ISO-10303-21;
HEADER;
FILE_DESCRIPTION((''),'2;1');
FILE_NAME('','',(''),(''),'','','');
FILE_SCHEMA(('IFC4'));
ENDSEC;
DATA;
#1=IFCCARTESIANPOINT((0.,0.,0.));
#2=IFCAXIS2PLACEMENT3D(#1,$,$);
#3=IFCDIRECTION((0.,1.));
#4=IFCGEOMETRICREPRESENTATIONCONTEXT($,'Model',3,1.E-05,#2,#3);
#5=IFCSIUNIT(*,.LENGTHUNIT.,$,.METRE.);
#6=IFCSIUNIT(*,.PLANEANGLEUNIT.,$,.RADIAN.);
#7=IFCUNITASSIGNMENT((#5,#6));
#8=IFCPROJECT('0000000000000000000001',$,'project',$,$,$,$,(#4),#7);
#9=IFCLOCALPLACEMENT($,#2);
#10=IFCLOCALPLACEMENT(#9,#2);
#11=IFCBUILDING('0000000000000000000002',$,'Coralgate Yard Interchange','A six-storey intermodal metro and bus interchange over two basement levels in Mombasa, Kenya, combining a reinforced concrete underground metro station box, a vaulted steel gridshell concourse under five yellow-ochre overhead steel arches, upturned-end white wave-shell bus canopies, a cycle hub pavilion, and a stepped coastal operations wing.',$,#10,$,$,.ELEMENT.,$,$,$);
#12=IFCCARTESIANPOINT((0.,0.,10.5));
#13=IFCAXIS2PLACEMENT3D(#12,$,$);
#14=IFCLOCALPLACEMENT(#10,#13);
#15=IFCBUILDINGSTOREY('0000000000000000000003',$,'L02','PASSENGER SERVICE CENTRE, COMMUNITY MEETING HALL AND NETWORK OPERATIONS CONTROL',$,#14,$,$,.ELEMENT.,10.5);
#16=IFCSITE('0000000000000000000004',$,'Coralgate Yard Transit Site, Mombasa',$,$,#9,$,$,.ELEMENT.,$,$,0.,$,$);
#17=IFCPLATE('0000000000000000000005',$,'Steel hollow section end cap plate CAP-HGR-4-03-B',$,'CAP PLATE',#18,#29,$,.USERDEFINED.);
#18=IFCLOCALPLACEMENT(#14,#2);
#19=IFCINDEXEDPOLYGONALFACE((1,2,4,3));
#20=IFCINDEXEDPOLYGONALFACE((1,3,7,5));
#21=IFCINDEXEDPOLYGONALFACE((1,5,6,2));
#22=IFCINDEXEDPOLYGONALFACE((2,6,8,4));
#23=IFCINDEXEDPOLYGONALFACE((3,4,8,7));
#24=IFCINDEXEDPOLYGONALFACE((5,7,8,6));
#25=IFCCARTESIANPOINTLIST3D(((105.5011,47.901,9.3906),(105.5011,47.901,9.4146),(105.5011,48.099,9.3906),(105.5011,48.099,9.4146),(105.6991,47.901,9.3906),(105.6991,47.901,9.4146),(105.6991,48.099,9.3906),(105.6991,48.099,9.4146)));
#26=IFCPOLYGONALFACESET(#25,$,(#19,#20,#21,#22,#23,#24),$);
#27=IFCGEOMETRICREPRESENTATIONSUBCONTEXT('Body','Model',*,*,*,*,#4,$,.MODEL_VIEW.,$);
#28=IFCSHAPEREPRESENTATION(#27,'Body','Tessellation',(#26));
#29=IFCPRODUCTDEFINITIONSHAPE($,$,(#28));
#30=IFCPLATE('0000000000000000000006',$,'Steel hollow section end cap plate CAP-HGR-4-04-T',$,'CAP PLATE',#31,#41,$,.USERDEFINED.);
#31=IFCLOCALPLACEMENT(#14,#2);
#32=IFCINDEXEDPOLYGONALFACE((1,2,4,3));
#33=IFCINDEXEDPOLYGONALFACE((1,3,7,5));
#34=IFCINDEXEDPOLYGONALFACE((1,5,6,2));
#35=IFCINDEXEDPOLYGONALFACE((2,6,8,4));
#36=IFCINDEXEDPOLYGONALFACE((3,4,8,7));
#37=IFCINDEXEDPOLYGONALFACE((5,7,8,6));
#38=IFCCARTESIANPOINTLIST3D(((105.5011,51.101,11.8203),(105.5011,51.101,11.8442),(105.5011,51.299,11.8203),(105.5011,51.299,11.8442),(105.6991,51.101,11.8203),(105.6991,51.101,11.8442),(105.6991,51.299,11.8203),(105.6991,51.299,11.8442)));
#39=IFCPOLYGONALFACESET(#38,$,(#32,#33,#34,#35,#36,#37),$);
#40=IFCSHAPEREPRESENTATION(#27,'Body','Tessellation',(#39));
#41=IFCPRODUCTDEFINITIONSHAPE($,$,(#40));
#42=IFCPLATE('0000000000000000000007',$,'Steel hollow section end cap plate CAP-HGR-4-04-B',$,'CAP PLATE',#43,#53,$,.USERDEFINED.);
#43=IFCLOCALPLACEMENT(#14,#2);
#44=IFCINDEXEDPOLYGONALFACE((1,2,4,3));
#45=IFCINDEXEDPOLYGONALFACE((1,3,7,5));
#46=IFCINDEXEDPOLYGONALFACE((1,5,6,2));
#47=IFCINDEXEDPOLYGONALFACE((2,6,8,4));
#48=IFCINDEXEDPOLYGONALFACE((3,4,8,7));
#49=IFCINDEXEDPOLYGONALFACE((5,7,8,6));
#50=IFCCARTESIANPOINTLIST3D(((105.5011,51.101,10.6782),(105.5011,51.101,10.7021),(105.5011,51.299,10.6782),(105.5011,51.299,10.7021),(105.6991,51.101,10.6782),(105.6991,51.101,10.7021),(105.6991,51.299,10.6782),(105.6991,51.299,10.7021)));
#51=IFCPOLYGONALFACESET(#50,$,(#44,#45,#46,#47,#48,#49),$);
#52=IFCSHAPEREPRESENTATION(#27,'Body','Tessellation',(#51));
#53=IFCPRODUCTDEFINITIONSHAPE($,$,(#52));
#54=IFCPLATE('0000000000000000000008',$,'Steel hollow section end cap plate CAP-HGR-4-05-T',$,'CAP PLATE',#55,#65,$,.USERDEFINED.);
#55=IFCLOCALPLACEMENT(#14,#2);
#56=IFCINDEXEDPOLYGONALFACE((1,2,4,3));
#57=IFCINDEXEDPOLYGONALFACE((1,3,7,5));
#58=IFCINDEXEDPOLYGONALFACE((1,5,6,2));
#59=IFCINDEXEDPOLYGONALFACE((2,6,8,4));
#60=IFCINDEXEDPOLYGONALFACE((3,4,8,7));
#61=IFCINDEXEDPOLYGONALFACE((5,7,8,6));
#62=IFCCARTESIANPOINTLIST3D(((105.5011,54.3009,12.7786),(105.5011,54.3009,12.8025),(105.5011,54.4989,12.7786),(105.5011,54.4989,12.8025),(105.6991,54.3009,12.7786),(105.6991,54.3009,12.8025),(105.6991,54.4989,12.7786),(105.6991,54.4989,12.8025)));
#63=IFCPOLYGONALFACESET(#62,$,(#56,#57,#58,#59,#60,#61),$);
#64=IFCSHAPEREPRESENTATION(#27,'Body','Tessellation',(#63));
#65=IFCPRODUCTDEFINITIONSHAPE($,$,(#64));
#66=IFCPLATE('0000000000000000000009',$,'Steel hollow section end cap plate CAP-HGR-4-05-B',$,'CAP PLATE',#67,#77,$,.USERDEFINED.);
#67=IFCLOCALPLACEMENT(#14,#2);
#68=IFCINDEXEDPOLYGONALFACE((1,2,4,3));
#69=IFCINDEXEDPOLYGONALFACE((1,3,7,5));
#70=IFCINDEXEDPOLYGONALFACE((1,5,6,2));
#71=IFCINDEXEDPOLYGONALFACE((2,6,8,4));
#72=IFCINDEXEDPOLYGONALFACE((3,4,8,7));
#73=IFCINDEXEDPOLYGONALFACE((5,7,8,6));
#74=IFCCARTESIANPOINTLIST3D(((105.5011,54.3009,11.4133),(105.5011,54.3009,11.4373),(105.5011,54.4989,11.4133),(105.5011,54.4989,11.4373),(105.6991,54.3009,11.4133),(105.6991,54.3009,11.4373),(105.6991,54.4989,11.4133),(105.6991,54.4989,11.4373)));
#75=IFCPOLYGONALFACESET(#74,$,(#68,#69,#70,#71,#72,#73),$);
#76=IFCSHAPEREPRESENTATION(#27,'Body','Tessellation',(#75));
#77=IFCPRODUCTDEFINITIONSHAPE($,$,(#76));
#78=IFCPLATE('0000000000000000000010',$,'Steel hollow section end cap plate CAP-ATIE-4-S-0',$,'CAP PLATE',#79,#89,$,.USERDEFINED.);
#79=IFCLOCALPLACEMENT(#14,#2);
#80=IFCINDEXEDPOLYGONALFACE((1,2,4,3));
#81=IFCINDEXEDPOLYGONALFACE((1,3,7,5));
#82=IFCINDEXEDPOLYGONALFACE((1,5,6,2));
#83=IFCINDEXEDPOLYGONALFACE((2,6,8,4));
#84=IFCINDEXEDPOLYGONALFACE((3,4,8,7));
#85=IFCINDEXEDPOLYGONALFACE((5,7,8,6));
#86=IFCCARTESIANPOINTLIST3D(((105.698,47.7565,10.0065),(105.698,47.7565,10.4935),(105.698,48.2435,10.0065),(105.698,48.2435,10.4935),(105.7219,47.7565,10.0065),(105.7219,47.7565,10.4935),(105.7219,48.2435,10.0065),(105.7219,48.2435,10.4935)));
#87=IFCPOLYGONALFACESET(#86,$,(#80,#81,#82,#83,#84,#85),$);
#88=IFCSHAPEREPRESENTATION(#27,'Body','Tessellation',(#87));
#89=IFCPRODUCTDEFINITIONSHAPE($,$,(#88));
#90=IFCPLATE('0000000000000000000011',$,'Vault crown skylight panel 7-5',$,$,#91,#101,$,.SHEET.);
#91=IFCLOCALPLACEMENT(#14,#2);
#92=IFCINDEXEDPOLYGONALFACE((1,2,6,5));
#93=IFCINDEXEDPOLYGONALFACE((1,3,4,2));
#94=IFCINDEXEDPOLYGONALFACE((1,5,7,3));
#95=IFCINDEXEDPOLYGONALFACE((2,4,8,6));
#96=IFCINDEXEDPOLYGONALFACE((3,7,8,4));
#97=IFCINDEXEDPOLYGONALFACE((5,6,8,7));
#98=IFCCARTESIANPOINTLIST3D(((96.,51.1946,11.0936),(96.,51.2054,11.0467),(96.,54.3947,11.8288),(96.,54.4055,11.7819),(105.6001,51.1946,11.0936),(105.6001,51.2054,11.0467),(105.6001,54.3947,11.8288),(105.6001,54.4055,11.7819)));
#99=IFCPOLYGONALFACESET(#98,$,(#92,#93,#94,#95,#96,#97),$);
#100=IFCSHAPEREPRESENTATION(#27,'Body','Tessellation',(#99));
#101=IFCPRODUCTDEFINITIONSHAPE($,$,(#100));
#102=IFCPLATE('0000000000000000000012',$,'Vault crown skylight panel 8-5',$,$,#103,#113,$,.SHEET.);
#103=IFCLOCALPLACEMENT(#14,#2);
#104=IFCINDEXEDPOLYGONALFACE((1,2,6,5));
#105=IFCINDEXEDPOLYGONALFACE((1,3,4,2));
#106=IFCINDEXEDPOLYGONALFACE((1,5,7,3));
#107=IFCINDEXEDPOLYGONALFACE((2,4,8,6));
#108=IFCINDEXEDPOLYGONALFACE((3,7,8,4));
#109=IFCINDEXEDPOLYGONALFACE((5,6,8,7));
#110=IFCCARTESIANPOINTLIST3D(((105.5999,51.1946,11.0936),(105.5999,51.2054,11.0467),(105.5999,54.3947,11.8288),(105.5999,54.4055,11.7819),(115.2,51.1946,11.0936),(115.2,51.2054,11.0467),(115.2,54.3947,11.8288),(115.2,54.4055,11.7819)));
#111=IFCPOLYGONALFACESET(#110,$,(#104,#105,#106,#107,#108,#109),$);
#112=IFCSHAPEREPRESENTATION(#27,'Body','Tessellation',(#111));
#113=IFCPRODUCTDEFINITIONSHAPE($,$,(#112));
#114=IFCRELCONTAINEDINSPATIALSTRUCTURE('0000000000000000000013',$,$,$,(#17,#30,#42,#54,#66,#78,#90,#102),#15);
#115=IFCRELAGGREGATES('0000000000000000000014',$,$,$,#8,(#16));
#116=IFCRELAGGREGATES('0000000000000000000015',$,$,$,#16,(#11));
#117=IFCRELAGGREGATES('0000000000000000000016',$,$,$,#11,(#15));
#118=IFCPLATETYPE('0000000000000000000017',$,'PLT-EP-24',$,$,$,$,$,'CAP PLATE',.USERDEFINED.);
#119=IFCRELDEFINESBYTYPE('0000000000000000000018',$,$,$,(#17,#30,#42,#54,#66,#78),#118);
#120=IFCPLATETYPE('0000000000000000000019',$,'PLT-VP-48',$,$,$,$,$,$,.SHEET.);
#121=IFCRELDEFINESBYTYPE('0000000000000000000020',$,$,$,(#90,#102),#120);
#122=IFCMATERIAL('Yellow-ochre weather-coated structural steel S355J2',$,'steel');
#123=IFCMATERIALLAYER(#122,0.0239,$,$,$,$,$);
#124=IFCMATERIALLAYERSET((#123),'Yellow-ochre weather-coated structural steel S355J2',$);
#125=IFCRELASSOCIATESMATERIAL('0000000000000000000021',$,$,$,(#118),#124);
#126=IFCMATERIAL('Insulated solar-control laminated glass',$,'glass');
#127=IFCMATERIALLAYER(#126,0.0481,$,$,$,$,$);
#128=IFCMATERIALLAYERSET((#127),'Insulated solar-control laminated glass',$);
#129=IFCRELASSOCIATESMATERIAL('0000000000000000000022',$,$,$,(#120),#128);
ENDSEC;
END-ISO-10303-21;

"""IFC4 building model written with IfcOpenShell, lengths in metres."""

from ifc_helpers import new_model, si_unit, direction, frame, origin, origin_2d, place, context, subcontext, project, spatial, rectangle, extrude, material, layer, layer_set, type_object, element, save


model = new_model("IFC4")

# Units and contexts
model_context = context("Model", 3, precision=1e-05, world=origin(), true_north=direction((0.0, 1.0)))
body_context = subcontext(model_context, "Body", "Model", "MODEL_VIEW")
ifc_project = project(units=[si_unit("LENGTHUNIT", "METRE"), si_unit("PLANEANGLEUNIT", "RADIAN")], contexts=[model_context])

# Site, building, storey
site_placement = place(None, origin())
site = spatial("IfcSite", under=ifc_project, at=site_placement, Name="Coralgate Yard Transit Site, Mombasa", CompositionType="ELEMENT", RefElevation=0.0)
building_placement = place(site_placement, origin())
building = spatial("IfcBuilding", under=site, at=building_placement, Name="Coralgate Yard Interchange", Description="A six-storey intermodal metro and bus interchange over two basement levels in Mombasa, Kenya, combining a reinforced concrete underground metro station box, a vaulted steel gridshell concourse under five yellow-ochre overhead steel arches, upturned-end white wave-shell bus canopies, a cycle hub pavilion, and a stepped coastal operations wing.", CompositionType="ELEMENT")
storey_placement = place(building_placement, frame((0.0, 0.0, 10.5)))
storey = spatial("IfcBuildingStorey", under=building, at=storey_placement, Name="L02", Description="PASSENGER SERVICE CENTRE, COMMUNITY MEETING HALL AND NETWORK OPERATIONS CONTROL", CompositionType="ELEMENT", Elevation=10.5)

# Shared definitions
ifc_material_1 = material(Name="Yellow-ochre weather-coated structural steel S355J2", Category="steel")

# Plates
ifc_layer_1 = layer(ifc_material_1, 0.0239)
ifc_layer_set_1 = layer_set([ifc_layer_1], Name="Yellow-ochre weather-coated structural steel S355J2")
plate_type_1 = type_object("IfcPlateType", Name="PLT-EP-24", ElementType="CAP PLATE", PredefinedType="USERDEFINED", material=ifc_layer_set_1)
for number, where, z_axis, x_axis, name in (
    (1, (105.6001, 48.0, 9.4146), (0.0, 0.0, -1.0), (1.0, 0.0, 0.0), "Steel hollow section end cap plate CAP-HGR-4-03-B"),
    (2, (105.6001, 51.2, 11.8203), (0.0, 0.0, 1.0), (1.0, 0.0, 0.0), "Steel hollow section end cap plate CAP-HGR-4-04-T"),
    (3, (105.6001, 51.2, 10.7021), (0.0, 0.0, -1.0), (1.0, 0.0, 0.0), "Steel hollow section end cap plate CAP-HGR-4-04-B"),
    (4, (105.6001, 54.3999, 12.7786), (0.0, 0.0, 1.0), (1.0, 0.0, 0.0), "Steel hollow section end cap plate CAP-HGR-4-05-T"),
    (5, (105.6001, 54.3999, 11.4373), (0.0, 0.0, -1.0), (1.0, 0.0, 0.0), "Steel hollow section end cap plate CAP-HGR-4-05-B"),
):
    element("IfcPlate", number, at=place(storey_placement, frame(where, z_axis=z_axis, x_axis=x_axis)), inside=storey, type_object=plate_type_1, Name=name, ObjectType="CAP PLATE", PredefinedType="USERDEFINED", context=body_context, shape_type="SweptSolid", body=[
        extrude(rectangle(XDim=0.198, YDim=0.198, at=origin_2d()), origin(), (0.0, 0.0, 1.0), 0.0239),
    ])
plate_placement = place(storey_placement, frame((105.7219, 48.0, 10.25), z_axis=(-1.0, 0.0, 0.0), x_axis=(0.0, -1.0, 0.0)))
element("IfcPlate", 6, at=plate_placement, inside=storey, type_object=plate_type_1, Name="Steel hollow section end cap plate CAP-ATIE-4-S-0", ObjectType="CAP PLATE", PredefinedType="USERDEFINED", context=body_context, shape_type="SweptSolid", body=[
    extrude(rectangle(XDim=0.4871, YDim=0.4871, at=origin_2d()), origin(), (0.0, 0.0, 1.0), 0.0239),
])
ifc_material_2 = material(Name="Insulated solar-control laminated glass", Category="glass")
ifc_layer_2 = layer(ifc_material_2, 0.0481)
ifc_layer_set_2 = layer_set([ifc_layer_2], Name="Insulated solar-control laminated glass")
plate_type_2 = type_object("IfcPlateType", Name="PLT-VP-48", PredefinedType="SHEET", material=ifc_layer_set_2)
for number, where, z_axis, x_axis, name in (
    (7, (100.8, 52.8054, 11.4143), (0.0, -0.223916, 0.974608), (1.0, 0.0, 0.0), "Vault crown skylight panel 7-5"),
    (8, (110.3999, 52.8054, 11.4143), (0.0, -0.223916, 0.974608), (1.0, 0.0, 0.0), "Vault crown skylight panel 8-5"),
):
    element("IfcPlate", number, at=place(storey_placement, frame(where, z_axis=z_axis, x_axis=x_axis)), inside=storey, type_object=plate_type_2, Name=name, PredefinedType="SHEET", context=body_context, shape_type="SweptSolid", body=[
        extrude(rectangle(XDim=9.6001, YDim=3.2834, at=origin_2d()), origin(), (0.0, 0.0, 1.0), 0.0481),
    ])

save(model, "model.ifc")
